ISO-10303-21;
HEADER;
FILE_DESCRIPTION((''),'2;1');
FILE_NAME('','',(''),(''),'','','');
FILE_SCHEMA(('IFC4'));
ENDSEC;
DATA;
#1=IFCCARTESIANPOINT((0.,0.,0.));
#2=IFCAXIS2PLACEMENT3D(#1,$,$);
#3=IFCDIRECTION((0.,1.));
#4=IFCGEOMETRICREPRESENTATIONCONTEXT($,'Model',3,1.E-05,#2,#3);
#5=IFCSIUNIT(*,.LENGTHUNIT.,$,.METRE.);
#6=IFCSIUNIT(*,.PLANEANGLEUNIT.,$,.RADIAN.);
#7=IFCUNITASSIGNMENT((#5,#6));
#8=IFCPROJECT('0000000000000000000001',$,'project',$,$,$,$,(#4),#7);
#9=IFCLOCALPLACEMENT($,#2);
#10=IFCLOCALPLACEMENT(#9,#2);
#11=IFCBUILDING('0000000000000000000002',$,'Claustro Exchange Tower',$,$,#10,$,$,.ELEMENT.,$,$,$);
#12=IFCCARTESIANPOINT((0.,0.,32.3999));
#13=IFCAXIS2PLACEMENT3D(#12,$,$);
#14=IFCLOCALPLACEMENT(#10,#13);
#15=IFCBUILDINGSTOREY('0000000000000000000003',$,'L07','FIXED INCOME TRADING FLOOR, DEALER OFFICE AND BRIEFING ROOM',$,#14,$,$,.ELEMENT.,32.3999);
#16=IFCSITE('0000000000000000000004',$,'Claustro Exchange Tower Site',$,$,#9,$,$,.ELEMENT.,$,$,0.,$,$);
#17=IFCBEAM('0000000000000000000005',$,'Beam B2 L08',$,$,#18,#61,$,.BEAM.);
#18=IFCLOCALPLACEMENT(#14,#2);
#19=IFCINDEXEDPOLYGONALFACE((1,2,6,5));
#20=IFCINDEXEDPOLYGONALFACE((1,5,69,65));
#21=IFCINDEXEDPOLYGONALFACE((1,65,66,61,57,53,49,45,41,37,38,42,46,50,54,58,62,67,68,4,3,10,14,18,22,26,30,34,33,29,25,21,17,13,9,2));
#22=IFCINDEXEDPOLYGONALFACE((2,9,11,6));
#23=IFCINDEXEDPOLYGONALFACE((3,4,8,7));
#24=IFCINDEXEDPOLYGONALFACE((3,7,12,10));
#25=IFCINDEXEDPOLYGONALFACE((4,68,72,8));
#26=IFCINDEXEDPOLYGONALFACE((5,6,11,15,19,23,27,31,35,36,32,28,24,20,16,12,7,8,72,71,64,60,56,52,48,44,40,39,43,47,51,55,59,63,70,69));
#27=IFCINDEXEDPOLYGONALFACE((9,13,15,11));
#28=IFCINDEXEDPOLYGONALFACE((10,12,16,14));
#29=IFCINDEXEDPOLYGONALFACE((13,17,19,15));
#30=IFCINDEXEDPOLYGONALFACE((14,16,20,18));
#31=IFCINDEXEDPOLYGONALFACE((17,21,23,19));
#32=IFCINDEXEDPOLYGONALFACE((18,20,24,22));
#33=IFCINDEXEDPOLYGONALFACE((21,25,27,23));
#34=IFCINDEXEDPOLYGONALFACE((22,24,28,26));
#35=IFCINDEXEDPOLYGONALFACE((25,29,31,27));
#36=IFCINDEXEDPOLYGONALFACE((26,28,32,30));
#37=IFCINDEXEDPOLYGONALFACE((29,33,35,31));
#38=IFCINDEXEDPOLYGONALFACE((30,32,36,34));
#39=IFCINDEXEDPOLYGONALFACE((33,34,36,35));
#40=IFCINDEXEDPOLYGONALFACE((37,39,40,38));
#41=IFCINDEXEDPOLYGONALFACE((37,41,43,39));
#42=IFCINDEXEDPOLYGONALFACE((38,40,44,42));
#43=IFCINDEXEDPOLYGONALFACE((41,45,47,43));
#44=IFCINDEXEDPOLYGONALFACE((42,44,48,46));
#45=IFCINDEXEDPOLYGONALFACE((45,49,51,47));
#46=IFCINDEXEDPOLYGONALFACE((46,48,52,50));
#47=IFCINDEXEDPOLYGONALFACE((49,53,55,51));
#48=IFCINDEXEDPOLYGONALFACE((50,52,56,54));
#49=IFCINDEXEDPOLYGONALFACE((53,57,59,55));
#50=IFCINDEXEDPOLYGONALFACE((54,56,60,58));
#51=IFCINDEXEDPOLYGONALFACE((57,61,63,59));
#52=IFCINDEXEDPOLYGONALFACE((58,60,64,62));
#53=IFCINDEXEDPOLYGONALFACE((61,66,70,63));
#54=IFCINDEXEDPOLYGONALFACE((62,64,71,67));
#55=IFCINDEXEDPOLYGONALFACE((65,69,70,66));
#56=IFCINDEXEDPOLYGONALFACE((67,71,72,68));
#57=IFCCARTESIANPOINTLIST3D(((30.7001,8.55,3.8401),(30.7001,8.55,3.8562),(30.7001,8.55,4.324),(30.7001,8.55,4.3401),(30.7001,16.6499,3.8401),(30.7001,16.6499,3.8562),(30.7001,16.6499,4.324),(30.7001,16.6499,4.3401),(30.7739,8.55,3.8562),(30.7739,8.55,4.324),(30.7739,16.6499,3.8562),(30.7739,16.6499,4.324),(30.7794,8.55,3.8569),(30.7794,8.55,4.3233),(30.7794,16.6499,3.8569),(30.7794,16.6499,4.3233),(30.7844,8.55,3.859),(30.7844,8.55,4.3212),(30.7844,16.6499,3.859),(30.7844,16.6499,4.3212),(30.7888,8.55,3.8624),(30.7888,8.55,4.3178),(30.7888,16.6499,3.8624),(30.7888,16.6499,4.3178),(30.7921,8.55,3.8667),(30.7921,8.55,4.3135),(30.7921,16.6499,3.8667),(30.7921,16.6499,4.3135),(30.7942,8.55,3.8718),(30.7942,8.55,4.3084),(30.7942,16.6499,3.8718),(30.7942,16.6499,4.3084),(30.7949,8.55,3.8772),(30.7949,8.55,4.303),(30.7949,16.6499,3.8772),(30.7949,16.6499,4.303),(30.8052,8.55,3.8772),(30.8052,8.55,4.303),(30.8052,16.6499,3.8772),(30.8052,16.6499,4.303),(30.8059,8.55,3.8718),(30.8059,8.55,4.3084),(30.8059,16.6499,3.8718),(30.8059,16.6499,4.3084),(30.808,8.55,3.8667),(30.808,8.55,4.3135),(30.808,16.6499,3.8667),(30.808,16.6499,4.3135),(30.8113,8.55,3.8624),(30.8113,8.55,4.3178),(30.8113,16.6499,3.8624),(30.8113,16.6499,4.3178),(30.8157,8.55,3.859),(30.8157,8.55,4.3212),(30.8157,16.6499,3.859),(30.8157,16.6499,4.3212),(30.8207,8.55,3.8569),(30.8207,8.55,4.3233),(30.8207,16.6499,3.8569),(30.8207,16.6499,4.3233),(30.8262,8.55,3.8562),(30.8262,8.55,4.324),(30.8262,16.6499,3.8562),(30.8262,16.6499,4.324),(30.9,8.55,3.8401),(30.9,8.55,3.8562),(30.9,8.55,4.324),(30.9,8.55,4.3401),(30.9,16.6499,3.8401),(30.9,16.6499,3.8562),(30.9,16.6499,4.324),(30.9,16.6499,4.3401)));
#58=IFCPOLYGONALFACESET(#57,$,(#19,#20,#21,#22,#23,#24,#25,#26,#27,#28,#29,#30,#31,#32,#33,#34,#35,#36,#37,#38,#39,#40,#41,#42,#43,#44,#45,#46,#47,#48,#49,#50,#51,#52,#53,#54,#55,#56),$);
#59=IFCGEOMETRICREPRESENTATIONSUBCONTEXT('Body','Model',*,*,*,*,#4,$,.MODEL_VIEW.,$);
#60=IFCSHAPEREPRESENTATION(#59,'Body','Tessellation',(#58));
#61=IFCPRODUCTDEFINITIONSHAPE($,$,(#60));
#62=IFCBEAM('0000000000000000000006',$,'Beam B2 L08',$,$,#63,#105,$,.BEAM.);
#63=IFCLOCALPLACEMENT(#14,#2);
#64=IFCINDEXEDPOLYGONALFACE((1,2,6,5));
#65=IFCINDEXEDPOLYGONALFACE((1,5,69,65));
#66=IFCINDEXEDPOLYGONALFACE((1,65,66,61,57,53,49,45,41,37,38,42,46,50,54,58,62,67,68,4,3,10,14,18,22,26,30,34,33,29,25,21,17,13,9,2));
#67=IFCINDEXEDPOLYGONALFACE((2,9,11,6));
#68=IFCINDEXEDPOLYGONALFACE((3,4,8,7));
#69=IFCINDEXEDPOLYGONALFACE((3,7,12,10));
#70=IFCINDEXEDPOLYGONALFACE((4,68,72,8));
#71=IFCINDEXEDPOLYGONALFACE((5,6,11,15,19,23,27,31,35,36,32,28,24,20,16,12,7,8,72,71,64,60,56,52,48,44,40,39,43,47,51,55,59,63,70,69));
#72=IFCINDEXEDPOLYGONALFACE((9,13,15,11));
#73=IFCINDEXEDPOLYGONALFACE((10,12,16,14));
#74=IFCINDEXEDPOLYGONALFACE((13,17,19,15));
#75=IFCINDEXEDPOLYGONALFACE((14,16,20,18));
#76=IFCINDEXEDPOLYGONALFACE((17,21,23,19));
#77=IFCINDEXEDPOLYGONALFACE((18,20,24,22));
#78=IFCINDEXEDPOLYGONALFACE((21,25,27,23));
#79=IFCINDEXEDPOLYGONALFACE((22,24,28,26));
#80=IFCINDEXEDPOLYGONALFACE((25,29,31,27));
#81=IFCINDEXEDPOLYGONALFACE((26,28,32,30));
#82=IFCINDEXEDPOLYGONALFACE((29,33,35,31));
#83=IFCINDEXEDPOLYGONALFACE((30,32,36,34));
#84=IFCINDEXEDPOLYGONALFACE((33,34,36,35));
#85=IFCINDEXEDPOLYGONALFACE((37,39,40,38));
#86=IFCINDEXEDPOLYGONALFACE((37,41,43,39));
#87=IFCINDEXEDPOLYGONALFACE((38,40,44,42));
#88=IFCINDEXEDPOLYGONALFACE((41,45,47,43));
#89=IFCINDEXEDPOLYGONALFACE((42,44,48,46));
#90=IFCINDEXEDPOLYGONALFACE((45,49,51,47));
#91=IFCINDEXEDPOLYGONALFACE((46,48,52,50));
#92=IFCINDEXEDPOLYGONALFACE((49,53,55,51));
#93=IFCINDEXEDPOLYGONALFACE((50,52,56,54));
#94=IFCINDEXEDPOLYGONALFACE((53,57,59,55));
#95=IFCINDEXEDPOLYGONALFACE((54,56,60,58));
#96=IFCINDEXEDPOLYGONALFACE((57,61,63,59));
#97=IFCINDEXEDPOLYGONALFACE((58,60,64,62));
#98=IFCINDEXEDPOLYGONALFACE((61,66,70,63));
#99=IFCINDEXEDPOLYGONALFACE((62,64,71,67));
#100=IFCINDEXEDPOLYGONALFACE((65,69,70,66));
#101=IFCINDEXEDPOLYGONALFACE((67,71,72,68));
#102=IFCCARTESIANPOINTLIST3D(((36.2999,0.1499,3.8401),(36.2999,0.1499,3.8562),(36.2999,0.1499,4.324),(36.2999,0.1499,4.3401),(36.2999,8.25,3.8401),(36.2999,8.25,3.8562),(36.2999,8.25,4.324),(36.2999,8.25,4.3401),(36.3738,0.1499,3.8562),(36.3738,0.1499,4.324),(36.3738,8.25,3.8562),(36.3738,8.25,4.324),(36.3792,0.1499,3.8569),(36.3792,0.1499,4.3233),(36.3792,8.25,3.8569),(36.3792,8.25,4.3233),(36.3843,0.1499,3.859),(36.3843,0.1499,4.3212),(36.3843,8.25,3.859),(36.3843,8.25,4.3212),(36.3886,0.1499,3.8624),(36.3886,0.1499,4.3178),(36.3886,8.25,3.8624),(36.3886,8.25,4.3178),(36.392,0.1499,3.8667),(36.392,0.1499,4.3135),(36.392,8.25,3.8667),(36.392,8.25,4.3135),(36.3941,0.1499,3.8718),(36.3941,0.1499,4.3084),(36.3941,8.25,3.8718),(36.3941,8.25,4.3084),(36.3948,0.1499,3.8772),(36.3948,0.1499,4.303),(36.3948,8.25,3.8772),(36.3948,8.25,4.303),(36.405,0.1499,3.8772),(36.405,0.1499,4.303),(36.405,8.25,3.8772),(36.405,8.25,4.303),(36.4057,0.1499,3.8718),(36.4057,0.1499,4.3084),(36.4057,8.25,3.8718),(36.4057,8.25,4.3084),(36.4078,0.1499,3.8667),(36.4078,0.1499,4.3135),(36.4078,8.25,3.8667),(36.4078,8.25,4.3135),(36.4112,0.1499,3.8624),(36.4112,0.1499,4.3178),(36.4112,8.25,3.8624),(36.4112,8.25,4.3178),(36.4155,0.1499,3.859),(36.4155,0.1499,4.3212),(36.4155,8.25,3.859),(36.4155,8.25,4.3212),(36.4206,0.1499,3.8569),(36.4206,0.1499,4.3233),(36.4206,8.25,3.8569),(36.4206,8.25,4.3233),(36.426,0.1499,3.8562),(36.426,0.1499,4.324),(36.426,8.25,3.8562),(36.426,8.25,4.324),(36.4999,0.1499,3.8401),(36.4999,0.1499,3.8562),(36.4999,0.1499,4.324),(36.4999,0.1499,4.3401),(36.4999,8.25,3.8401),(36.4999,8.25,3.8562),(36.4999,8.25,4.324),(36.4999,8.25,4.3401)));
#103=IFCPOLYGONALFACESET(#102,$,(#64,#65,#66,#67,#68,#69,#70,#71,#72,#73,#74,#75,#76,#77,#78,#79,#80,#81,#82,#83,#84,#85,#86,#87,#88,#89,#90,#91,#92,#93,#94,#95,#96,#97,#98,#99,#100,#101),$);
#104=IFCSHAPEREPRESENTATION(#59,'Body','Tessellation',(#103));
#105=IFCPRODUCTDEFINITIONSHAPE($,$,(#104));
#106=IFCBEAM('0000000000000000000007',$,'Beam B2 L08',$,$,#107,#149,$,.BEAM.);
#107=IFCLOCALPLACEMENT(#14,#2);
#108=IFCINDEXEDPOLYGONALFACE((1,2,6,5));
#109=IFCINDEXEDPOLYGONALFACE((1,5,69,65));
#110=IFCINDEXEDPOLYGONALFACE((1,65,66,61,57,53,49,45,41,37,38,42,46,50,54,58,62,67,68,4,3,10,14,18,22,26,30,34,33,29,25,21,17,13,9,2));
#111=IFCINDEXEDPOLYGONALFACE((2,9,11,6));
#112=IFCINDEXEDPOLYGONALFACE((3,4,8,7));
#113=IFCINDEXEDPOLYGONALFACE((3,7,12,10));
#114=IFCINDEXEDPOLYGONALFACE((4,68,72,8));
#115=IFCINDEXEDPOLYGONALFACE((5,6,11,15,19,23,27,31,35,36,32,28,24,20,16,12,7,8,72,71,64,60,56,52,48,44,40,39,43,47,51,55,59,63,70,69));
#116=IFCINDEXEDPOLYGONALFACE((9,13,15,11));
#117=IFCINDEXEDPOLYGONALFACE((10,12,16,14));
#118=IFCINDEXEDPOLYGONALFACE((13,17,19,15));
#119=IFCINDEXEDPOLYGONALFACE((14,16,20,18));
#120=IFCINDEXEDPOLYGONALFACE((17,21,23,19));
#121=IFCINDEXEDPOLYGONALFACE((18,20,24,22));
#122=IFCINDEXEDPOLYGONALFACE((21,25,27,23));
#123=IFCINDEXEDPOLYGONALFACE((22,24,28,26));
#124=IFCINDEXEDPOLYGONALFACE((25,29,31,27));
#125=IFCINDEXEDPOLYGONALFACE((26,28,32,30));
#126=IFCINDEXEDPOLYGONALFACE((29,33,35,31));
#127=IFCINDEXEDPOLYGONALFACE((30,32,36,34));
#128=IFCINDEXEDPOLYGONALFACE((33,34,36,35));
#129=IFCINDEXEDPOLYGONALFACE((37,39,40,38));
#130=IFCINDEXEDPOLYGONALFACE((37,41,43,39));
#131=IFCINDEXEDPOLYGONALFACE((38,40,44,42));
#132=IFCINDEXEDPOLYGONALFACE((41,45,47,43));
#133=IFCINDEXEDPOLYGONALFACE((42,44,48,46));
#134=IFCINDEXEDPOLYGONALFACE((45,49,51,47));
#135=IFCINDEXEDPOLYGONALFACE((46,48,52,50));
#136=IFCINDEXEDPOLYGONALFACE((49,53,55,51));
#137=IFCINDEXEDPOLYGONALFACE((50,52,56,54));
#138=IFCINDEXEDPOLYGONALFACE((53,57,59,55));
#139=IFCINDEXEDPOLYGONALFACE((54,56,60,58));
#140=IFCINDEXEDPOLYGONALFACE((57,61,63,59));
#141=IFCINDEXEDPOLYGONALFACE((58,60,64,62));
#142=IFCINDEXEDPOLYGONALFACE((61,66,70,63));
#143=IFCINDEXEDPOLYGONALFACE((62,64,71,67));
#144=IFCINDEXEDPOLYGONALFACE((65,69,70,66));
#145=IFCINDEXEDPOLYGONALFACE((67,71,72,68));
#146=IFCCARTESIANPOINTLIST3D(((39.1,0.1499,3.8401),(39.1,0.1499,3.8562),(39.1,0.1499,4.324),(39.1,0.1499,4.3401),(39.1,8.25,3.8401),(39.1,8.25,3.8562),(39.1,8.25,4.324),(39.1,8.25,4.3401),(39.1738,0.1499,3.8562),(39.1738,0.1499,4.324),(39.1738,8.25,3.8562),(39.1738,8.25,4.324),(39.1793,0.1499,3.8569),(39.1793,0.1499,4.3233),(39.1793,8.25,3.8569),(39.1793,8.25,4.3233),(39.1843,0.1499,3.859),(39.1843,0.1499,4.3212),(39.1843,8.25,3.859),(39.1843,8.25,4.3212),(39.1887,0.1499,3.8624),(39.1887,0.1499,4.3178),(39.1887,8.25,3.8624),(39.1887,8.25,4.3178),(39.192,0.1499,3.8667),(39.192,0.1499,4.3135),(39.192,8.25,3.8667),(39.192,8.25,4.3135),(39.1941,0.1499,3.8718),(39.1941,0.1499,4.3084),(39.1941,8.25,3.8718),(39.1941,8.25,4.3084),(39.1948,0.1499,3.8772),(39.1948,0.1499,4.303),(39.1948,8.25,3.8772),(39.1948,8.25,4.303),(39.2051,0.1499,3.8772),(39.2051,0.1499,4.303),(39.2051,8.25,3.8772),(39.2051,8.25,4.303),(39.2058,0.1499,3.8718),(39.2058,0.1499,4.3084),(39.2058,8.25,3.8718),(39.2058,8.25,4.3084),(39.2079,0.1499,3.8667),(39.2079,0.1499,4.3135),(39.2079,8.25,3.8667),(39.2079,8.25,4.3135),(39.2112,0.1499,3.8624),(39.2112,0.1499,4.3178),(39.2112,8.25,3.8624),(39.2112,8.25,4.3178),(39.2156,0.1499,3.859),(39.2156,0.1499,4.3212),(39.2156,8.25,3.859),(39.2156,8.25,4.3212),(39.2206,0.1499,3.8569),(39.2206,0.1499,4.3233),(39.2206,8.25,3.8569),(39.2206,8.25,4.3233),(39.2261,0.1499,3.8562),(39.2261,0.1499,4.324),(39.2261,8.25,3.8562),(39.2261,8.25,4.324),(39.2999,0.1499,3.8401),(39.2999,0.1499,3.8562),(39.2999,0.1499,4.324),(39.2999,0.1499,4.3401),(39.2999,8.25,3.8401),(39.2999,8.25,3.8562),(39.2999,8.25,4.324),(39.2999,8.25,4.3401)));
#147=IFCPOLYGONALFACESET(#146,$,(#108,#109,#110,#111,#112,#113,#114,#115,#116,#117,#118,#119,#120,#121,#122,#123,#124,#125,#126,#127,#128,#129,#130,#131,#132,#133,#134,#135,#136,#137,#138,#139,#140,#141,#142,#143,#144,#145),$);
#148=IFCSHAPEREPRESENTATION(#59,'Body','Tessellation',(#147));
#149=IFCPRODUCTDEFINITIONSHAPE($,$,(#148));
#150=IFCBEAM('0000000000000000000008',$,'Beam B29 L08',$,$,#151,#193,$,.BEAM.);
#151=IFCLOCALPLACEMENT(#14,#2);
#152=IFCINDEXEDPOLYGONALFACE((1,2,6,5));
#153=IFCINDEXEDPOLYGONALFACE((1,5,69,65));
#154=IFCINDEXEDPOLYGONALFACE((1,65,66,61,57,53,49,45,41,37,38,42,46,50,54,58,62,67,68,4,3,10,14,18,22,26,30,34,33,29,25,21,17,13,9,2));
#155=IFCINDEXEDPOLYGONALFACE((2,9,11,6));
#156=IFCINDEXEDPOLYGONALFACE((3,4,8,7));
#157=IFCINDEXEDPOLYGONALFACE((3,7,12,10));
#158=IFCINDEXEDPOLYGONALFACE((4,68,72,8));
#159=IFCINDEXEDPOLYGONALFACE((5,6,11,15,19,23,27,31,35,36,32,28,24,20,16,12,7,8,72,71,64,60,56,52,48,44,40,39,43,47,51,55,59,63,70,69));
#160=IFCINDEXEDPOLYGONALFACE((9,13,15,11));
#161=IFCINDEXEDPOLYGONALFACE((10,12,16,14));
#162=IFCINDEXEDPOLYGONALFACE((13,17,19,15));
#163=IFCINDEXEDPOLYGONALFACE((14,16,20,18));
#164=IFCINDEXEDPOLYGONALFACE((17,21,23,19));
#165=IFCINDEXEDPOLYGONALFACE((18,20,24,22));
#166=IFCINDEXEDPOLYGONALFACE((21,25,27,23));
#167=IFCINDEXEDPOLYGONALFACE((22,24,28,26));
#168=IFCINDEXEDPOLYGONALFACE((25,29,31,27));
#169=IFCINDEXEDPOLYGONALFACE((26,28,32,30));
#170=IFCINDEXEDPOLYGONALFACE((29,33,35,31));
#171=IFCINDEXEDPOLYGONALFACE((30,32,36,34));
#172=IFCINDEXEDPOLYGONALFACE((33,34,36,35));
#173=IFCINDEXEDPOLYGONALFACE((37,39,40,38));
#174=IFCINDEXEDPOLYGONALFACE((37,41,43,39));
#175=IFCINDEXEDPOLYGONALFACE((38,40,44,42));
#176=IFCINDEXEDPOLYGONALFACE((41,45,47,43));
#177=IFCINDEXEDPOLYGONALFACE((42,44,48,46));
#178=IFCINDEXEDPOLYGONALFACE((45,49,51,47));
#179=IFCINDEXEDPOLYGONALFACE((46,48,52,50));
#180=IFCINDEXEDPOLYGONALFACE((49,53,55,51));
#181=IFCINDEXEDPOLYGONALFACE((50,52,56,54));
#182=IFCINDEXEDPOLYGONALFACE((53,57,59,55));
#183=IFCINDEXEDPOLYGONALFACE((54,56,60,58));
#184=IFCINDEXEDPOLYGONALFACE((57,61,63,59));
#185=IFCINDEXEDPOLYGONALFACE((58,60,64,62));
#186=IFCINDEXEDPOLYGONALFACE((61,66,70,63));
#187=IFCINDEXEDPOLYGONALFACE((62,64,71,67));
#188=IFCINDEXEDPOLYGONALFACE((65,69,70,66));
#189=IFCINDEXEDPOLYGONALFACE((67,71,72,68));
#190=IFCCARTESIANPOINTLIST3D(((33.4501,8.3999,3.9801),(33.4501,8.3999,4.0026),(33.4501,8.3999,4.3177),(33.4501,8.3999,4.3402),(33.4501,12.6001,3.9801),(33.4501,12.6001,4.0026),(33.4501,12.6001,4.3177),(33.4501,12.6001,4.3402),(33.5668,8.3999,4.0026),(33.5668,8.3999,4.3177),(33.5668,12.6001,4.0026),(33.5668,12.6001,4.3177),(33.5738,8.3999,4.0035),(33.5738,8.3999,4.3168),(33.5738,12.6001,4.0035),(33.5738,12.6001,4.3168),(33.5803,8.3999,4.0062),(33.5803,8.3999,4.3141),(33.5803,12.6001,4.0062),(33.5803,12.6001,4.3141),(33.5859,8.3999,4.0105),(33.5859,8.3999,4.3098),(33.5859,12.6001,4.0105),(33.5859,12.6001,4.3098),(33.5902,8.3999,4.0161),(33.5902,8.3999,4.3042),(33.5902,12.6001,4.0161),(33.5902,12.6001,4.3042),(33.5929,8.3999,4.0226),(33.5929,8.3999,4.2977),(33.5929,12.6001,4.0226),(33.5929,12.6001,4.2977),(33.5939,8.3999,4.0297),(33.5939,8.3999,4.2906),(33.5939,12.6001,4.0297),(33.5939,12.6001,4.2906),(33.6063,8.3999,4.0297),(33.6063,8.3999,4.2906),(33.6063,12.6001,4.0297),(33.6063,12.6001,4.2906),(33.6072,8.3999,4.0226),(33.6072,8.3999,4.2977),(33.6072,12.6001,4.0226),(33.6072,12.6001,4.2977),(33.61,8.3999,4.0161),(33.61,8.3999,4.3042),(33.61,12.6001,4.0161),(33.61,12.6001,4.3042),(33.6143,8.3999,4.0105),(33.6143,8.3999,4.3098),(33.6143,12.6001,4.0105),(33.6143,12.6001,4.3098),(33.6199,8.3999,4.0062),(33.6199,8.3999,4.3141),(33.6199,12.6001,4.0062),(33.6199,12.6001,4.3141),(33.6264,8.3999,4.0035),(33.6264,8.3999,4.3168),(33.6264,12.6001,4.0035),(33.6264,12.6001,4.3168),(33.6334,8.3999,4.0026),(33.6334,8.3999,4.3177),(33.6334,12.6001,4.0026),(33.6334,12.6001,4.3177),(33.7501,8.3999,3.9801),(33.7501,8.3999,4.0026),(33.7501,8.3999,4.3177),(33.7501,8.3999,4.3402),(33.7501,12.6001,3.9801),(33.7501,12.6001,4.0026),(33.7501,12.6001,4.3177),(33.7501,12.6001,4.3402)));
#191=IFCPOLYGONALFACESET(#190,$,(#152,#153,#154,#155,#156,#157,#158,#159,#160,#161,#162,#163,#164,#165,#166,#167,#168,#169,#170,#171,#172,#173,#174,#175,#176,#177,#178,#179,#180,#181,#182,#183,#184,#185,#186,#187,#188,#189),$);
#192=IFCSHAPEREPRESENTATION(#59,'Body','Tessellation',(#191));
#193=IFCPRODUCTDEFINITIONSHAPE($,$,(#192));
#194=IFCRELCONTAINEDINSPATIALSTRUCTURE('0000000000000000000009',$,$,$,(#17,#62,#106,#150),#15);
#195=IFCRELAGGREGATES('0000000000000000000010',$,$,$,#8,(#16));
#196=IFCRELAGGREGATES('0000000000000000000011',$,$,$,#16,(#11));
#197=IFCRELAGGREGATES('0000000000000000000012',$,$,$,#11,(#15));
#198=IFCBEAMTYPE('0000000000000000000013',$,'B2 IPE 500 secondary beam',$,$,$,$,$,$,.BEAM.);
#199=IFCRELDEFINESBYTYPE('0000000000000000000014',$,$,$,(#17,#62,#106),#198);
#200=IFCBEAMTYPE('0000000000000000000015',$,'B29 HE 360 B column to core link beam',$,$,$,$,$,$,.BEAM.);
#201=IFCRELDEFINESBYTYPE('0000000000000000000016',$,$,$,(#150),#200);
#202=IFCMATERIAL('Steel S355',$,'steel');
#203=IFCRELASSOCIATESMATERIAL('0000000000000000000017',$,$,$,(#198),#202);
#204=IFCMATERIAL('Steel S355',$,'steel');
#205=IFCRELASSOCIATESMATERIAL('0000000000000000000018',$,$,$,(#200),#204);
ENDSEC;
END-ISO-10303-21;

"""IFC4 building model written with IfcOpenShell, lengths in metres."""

from ifc_helpers import new_model, si_unit, direction, frame, origin, origin_2d, place, context, subcontext, project, spatial, i_section, extrude, material, material_profile, profile_set, type_object, element, save


model = new_model("IFC4")

# Units and contexts
model_context = context("Model", 3, precision=1e-05, world=origin(), true_north=direction((0.0, 1.0)))
body_context = subcontext(model_context, "Body", "Model", "MODEL_VIEW")
ifc_project = project(units=[si_unit("LENGTHUNIT", "METRE"), si_unit("PLANEANGLEUNIT", "RADIAN")], contexts=[model_context])

# Site, building, storey
site_placement = place(None, origin())
site = spatial("IfcSite", under=ifc_project, at=site_placement, Name="Claustro Exchange Tower Site", CompositionType="ELEMENT", RefElevation=0.0)
building_placement = place(site_placement, origin())
building = spatial("IfcBuilding", under=site, at=building_placement, Name="Claustro Exchange Tower", CompositionType="ELEMENT")
storey_placement = place(building_placement, frame((0.0, 0.0, 32.3999)))
storey = spatial("IfcBuildingStorey", under=building, at=storey_placement, Name="L07", Description="FIXED INCOME TRADING FLOOR, DEALER OFFICE AND BRIEFING ROOM", CompositionType="ELEMENT", Elevation=32.3999)

# Beams
ifc_material_1 = material(Name="Steel S355", Category="steel")
ifc_material_profile_1 = material_profile(ifc_material_1, i_section(OverallWidth=0.2, OverallDepth=0.5, WebThickness=0.0103, FlangeThickness=0.0161, FilletRadius=0.021, at=origin_2d()), Name="IPE 500")
ifc_profile_set_1 = profile_set([ifc_material_profile_1], Name="Steel S355")
beam_type_1 = type_object("IfcBeamType", Name="B2 IPE 500 secondary beam", PredefinedType="BEAM", material=ifc_profile_set_1)
beam_1_placement = place(storey_placement, frame((30.8, 8.55, 4.0901), z_axis=(0.0, 1.0, 0.0), x_axis=(-1.0, 0.0, 0.0)))
element("IfcBeam", 1, at=beam_1_placement, inside=storey, type_object=beam_type_1, Name="Beam B2 L08", PredefinedType="BEAM", context=body_context, shape_type="SweptSolid", body=[
    extrude(i_section(OverallWidth=0.2, OverallDepth=0.5, WebThickness=0.0103, FlangeThickness=0.0161, FilletRadius=0.021, at=origin_2d()), origin(), (0.0, 0.0, 1.0), 8.0999),
])
for number, where, z_axis, x_axis, name in (
    (2, (36.3999, 0.1499, 4.0901), (0.0, 1.0, 0.0), (-1.0, 0.0, 0.0), "Beam B2 L08"),
    (3, (39.2, 0.1499, 4.0901), (0.0, 1.0, 0.0), (-1.0, 0.0, 0.0), "Beam B2 L08"),
):
    element("IfcBeam", number, at=place(storey_placement, frame(where, z_axis=z_axis, x_axis=x_axis)), inside=storey, type_object=beam_type_1, Name=name, PredefinedType="BEAM", context=body_context, shape_type="SweptSolid", body=[
        extrude(i_section(OverallWidth=0.2, OverallDepth=0.5, WebThickness=0.0103, FlangeThickness=0.0161, FilletRadius=0.021, at=origin_2d()), origin(), (0.0, 0.0, 1.0), 8.1001),
    ])
ifc_material_2 = material(Name="Steel S355", Category="steel")
ifc_material_profile_2 = material_profile(ifc_material_2, i_section(OverallWidth=0.3, OverallDepth=0.3601, WebThickness=0.0125, FlangeThickness=0.0225, FilletRadius=0.0271, at=origin_2d()), Name="HE 360 B")
ifc_profile_set_2 = profile_set([ifc_material_profile_2], Name="Steel S355")
beam_type_2 = type_object("IfcBeamType", Name="B29 HE 360 B column to core link beam", PredefinedType="BEAM", material=ifc_profile_set_2)
beam_2_placement = place(storey_placement, frame((33.6001, 8.3999, 4.1602), z_axis=(0.0, 1.0, 0.0), x_axis=(-1.0, 0.0, 0.0)))
element("IfcBeam", 4, at=beam_2_placement, inside=storey, type_object=beam_type_2, Name="Beam B29 L08", PredefinedType="BEAM", context=body_context, shape_type="SweptSolid", body=[
    extrude(i_section(OverallWidth=0.3, OverallDepth=0.3601, WebThickness=0.0125, FlangeThickness=0.0225, FilletRadius=0.0271, at=origin_2d()), origin(), (0.0, 0.0, 1.0), 4.2002),
])

save(model, "model.ifc")
